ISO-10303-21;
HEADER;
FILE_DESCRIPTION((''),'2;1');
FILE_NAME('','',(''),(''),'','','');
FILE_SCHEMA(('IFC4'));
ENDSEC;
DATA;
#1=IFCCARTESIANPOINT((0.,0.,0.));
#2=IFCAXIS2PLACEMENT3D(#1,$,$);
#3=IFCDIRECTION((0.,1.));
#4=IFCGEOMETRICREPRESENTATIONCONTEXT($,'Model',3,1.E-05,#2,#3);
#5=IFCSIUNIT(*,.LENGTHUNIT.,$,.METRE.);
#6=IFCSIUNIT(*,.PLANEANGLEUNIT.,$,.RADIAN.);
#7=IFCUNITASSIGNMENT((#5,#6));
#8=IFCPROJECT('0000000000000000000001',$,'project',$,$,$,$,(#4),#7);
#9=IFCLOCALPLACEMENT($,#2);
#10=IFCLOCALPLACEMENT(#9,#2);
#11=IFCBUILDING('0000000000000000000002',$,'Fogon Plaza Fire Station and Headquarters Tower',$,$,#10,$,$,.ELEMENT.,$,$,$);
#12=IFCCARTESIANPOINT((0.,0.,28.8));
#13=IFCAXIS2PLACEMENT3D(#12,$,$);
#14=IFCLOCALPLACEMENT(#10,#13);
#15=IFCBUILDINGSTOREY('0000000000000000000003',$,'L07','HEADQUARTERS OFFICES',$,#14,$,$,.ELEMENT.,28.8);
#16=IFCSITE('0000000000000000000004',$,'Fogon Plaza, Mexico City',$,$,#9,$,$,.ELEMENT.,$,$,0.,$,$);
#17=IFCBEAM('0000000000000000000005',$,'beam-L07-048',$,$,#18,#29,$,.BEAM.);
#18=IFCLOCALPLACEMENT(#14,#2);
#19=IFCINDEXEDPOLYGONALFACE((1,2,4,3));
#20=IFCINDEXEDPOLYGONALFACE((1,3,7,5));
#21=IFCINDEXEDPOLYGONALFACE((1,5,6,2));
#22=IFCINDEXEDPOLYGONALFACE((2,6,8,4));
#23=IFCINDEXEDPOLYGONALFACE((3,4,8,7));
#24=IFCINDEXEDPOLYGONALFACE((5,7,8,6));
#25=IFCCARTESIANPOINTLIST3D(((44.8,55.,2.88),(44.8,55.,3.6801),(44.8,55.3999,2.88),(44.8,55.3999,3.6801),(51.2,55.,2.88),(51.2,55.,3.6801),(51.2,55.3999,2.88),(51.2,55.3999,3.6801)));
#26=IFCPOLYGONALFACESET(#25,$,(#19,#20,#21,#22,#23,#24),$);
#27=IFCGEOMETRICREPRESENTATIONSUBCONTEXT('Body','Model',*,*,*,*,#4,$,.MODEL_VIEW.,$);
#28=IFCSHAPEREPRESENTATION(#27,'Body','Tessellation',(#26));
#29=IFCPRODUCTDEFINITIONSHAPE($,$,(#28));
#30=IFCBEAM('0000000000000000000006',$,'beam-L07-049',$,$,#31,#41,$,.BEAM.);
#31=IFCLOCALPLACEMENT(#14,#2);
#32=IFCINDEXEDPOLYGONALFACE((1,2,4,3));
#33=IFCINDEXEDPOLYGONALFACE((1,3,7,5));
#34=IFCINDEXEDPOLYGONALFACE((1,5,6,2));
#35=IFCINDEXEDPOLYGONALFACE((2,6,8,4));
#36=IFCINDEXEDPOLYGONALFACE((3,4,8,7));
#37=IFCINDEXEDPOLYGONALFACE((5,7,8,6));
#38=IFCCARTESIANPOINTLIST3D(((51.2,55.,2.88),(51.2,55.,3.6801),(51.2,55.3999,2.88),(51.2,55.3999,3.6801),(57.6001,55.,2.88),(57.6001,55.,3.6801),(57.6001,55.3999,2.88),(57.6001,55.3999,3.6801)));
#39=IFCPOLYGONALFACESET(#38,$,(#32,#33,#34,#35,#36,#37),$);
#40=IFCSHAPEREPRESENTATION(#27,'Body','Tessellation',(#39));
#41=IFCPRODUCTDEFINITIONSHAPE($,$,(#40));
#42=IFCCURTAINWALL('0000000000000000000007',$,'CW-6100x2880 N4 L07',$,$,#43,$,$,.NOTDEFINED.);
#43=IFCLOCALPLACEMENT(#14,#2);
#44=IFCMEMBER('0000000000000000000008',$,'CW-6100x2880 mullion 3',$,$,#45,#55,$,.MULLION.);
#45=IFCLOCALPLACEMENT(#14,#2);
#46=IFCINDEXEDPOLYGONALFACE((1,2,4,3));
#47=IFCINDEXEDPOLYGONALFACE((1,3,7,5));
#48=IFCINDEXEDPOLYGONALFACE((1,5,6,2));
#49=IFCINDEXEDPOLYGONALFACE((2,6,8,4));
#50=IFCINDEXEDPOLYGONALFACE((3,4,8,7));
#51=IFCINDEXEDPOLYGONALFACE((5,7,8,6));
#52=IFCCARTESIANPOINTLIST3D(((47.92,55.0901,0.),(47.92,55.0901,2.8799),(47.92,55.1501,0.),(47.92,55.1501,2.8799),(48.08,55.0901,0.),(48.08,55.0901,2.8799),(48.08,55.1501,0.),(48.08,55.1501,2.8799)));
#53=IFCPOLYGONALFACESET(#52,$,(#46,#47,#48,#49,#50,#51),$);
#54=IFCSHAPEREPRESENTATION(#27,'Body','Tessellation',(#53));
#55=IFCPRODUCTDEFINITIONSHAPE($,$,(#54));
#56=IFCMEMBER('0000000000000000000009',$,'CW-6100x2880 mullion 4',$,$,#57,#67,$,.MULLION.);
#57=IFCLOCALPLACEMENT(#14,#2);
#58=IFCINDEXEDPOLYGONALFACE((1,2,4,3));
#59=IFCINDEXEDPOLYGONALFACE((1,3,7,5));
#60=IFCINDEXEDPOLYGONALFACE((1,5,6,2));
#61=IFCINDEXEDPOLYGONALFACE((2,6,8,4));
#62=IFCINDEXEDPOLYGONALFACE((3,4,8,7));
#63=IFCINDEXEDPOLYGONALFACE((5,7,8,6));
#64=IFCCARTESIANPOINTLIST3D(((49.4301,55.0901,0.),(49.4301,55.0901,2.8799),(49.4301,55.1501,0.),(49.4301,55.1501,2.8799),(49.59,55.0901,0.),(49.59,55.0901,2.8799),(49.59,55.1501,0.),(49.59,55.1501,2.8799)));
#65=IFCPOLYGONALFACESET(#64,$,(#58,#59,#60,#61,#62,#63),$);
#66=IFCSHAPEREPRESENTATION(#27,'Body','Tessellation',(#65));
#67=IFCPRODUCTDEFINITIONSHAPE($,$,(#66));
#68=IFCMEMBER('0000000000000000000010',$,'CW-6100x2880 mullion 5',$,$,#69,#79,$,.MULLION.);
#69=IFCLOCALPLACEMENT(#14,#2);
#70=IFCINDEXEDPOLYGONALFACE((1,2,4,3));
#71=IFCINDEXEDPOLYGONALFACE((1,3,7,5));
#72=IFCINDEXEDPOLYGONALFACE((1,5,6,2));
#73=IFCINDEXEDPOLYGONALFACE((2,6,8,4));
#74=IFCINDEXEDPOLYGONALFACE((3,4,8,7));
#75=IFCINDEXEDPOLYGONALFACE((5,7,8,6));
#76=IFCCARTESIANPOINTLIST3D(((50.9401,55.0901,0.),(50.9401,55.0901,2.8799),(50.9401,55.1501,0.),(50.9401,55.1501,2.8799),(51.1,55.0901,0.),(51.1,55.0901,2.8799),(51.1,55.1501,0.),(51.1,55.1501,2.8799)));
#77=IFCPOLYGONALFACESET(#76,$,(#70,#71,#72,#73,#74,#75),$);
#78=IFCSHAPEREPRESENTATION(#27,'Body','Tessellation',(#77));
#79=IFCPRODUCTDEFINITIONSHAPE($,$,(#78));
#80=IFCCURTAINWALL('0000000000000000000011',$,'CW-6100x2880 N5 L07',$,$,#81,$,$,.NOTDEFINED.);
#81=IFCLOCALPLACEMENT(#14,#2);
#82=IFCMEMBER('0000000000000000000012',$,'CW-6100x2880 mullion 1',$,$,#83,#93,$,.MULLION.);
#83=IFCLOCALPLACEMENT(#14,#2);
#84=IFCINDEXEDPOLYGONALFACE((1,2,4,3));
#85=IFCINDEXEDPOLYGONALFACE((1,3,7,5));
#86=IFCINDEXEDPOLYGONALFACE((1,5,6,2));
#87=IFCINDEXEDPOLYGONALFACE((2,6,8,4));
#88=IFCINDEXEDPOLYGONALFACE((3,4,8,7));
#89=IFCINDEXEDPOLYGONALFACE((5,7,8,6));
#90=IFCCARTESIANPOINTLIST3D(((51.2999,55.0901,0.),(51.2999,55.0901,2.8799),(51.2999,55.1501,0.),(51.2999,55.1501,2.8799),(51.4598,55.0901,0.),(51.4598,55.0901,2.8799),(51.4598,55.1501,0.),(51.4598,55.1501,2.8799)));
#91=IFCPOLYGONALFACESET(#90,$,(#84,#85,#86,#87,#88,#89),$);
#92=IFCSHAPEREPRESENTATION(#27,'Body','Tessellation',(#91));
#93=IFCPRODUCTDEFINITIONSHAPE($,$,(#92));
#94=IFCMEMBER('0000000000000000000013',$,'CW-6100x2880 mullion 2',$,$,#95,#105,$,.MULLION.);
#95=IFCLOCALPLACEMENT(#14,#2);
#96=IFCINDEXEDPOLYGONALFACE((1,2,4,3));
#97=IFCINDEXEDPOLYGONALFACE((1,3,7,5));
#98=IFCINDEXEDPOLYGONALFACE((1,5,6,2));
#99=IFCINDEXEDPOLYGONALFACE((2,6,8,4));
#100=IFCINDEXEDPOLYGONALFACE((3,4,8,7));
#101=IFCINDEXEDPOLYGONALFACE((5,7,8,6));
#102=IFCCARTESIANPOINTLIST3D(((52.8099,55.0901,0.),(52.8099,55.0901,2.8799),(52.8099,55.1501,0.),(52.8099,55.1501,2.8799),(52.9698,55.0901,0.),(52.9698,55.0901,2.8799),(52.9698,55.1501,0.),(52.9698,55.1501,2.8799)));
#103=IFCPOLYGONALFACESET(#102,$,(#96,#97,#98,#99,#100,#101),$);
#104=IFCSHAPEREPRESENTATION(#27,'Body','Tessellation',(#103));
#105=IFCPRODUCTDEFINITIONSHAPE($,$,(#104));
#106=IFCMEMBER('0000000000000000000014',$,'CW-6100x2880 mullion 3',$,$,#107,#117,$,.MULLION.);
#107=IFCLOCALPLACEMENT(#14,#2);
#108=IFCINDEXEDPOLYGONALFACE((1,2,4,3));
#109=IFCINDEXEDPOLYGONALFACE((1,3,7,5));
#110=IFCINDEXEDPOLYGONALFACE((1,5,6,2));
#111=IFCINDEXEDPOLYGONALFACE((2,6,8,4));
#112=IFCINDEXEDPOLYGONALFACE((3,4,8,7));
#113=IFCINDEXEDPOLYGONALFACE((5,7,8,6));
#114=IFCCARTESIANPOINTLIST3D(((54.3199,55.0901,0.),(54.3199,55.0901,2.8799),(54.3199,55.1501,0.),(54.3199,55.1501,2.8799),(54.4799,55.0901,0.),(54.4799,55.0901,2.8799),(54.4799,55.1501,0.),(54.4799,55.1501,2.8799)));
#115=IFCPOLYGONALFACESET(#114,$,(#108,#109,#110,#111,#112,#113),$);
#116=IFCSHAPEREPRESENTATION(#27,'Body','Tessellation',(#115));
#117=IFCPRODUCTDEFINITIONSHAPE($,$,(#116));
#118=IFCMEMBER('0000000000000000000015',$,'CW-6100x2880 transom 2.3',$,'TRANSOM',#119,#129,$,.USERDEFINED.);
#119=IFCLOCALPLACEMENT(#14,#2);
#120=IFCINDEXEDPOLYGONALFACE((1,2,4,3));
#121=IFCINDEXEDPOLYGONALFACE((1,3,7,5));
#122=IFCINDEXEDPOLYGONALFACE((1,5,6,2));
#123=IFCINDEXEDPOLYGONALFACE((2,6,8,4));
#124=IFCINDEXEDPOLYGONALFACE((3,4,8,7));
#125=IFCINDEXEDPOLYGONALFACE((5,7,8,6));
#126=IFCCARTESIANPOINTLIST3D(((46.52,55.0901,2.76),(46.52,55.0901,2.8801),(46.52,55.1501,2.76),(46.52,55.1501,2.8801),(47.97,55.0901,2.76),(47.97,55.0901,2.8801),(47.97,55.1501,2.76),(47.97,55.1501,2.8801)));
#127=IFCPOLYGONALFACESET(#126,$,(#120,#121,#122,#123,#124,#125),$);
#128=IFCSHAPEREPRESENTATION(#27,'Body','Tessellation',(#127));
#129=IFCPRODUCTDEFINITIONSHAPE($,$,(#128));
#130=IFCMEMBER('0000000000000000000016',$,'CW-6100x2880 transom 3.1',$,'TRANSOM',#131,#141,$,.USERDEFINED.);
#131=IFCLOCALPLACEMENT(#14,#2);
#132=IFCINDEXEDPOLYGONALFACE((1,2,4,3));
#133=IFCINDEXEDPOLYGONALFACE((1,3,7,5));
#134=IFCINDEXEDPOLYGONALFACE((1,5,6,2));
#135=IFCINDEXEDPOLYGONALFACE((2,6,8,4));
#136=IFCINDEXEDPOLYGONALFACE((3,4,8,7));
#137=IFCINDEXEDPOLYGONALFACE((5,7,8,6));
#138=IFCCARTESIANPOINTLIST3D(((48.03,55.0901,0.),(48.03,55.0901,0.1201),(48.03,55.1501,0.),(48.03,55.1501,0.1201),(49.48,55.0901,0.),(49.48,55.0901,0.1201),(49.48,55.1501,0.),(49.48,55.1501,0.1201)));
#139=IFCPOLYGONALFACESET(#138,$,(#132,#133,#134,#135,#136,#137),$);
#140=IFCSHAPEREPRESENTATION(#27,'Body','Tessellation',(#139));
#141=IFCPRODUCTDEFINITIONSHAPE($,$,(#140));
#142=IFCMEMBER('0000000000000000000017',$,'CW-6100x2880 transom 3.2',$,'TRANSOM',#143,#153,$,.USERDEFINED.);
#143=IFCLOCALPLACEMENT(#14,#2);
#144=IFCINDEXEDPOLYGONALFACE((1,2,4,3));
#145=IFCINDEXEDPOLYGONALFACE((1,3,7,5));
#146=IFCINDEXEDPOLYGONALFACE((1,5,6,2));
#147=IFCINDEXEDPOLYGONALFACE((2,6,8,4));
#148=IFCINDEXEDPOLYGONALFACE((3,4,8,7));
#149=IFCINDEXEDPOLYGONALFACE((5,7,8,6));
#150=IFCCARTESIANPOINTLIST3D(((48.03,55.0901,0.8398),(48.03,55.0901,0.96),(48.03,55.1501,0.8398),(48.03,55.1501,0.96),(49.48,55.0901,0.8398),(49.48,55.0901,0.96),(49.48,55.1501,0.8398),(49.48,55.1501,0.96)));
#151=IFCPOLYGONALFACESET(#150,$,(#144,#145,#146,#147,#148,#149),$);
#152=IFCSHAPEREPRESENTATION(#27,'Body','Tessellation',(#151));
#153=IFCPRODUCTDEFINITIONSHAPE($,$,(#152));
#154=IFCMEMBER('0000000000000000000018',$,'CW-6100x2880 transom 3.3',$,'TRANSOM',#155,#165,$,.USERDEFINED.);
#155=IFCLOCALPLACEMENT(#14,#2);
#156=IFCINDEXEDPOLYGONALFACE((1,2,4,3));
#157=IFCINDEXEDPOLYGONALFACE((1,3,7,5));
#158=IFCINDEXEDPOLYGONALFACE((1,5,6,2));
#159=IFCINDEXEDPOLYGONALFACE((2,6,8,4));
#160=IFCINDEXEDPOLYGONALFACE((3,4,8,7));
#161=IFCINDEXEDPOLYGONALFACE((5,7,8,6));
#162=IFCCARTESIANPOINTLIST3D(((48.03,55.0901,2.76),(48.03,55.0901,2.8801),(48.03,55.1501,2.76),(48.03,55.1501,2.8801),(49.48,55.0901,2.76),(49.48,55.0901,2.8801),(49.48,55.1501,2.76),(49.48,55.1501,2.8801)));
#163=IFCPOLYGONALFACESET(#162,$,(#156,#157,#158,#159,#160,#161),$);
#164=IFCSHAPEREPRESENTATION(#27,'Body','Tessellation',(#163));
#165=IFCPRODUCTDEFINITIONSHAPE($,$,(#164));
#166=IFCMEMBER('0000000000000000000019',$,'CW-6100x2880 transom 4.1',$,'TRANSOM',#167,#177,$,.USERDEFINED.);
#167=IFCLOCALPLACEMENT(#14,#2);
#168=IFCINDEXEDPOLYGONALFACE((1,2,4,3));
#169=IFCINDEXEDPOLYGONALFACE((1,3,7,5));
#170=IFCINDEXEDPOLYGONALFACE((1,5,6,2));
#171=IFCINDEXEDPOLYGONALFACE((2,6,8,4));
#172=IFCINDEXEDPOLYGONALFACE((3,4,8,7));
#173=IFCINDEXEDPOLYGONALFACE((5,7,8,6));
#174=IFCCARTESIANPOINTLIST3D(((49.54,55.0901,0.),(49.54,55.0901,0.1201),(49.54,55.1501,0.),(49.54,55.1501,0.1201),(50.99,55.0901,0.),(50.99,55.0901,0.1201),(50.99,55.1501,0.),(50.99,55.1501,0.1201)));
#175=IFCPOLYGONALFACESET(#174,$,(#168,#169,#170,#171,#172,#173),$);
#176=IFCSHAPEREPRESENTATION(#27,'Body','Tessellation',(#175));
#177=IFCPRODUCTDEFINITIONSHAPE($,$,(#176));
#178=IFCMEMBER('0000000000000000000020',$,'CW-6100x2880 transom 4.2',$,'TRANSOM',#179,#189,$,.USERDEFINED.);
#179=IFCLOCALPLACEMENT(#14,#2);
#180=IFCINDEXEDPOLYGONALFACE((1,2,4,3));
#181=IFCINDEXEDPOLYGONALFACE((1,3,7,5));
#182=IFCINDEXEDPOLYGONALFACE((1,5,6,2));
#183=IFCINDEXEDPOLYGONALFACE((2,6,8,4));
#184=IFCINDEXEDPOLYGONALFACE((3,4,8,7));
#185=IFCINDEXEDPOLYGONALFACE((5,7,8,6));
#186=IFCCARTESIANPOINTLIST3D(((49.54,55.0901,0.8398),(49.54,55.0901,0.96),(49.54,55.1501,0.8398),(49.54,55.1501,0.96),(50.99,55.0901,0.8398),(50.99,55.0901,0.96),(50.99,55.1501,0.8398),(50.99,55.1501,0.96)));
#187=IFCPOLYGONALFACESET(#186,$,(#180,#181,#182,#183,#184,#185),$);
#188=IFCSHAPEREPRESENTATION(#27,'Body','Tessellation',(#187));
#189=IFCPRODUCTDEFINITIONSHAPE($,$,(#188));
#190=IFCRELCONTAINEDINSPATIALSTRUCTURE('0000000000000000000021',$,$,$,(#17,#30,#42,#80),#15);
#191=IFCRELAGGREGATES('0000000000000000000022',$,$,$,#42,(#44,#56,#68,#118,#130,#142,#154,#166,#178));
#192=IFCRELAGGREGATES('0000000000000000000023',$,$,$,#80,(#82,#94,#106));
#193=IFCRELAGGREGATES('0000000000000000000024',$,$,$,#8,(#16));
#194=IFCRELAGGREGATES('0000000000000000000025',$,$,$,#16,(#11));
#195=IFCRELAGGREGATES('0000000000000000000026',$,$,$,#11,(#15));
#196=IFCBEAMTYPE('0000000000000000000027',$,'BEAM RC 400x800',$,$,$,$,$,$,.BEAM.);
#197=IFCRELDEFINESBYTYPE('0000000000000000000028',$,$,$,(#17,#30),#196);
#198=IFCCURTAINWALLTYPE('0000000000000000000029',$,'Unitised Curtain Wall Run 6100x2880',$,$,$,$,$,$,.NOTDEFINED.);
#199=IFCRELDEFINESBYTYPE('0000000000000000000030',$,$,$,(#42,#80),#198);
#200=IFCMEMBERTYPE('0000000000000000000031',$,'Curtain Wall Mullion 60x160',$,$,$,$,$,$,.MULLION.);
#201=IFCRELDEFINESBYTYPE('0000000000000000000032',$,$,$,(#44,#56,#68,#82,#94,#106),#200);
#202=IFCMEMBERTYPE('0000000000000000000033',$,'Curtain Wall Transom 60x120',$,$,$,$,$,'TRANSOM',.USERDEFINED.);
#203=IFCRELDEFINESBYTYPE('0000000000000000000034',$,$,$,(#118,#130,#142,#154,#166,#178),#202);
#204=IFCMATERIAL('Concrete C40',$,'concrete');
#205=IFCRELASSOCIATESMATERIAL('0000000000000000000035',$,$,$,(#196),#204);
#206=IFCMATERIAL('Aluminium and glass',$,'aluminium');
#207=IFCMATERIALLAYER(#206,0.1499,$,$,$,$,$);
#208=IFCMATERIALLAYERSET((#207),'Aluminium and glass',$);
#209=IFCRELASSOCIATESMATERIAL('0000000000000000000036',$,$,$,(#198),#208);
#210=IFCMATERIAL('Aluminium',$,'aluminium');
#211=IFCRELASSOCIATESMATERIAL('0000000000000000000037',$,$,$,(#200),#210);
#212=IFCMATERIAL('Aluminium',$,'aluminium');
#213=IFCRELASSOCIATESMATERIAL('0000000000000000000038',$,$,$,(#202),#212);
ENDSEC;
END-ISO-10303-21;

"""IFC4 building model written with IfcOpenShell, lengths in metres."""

from ifc_helpers import new_model, si_unit, direction, frame, origin, origin_2d, place, context, subcontext, project, spatial, rectangle, extrude, material, layer, layer_set, material_profile, profile_set, type_object, element, aggregate, save


model = new_model("IFC4")

# Units and contexts
model_context = context("Model", 3, precision=1e-05, world=origin(), true_north=direction((0.0, 1.0)))
body_context = subcontext(model_context, "Body", "Model", "MODEL_VIEW")
ifc_project = project(units=[si_unit("LENGTHUNIT", "METRE"), si_unit("PLANEANGLEUNIT", "RADIAN")], contexts=[model_context])

# Site, building, storey
site_placement = place(None, origin())
site = spatial("IfcSite", under=ifc_project, at=site_placement, Name="Fogon Plaza, Mexico City", CompositionType="ELEMENT", RefElevation=0.0)
building_placement = place(site_placement, origin())
building = spatial("IfcBuilding", under=site, at=building_placement, Name="Fogon Plaza Fire Station and Headquarters Tower", CompositionType="ELEMENT")
storey_placement = place(building_placement, frame((0.0, 0.0, 28.8)))
storey = spatial("IfcBuildingStorey", under=building, at=storey_placement, Name="L07", Description="HEADQUARTERS OFFICES", CompositionType="ELEMENT", Elevation=28.8)

# Beams
ifc_material_1 = material(Name="Concrete C40", Category="concrete")
ifc_material_profile_1 = material_profile(ifc_material_1, rectangle(XDim=0.3999, YDim=0.8, at=origin_2d()), Name="RC 400x800")
ifc_profile_set_1 = profile_set([ifc_material_profile_1], Name="Concrete C40")
beam_type = type_object("IfcBeamType", Name="BEAM RC 400x800", PredefinedType="BEAM", material=ifc_profile_set_1)
beam_1_placement = place(storey_placement, frame((44.8, 55.2, 3.28), z_axis=(1.0, 0.0, 0.0), x_axis=(0.0, 1.0, 0.0)))
element("IfcBeam", 1, at=beam_1_placement, inside=storey, type_object=beam_type, Name="beam-L07-048", PredefinedType="BEAM", context=body_context, shape_type="SweptSolid", body=[
    extrude(rectangle(XDim=0.3999, YDim=0.8, at=origin_2d()), origin(), (0.0, 0.0, 1.0), 6.3999),
])
beam_2_placement = place(storey_placement, frame((51.2, 55.2, 3.28), z_axis=(1.0, 0.0, 0.0), x_axis=(0.0, 1.0, 0.0)))
element("IfcBeam", 2, at=beam_2_placement, inside=storey, type_object=beam_type, Name="beam-L07-049", PredefinedType="BEAM", context=body_context, shape_type="SweptSolid", body=[
    extrude(rectangle(XDim=0.3999, YDim=0.8, at=origin_2d()), origin(), (0.0, 0.0, 1.0), 6.4001),
])

# Curtain walls, members
ifc_material_2 = material(Name="Aluminium and glass", Category="aluminium")
ifc_layer_1 = layer(ifc_material_2, 0.1499)
ifc_layer_set_1 = layer_set([ifc_layer_1], Name="Aluminium and glass")
curtain_wall_type = type_object("IfcCurtainWallType", Name="Unitised Curtain Wall Run 6100x2880", PredefinedType="NOTDEFINED", material=ifc_layer_set_1)
curtain_wall_1_placement = place(storey_placement, origin())
curtain_wall_1 = element("IfcCurtainWall", 3, at=curtain_wall_1_placement, inside=storey, type_object=curtain_wall_type, Name="CW-6100x2880 N4 L07", PredefinedType="NOTDEFINED")
ifc_material_3 = material(Name="Aluminium", Category="aluminium")
ifc_material_profile_2 = material_profile(ifc_material_3, rectangle(XDim=0.0601, YDim=0.1599, at=origin_2d()), Name="Curtain Wall Mullion 60x160")
ifc_profile_set_2 = profile_set([ifc_material_profile_2], Name="Aluminium")
member_type_1 = type_object("IfcMemberType", Name="Curtain Wall Mullion 60x160", PredefinedType="MULLION", material=ifc_profile_set_2)
member_1_placement = place(storey_placement, frame((48.0, 55.1201, 0.0), z_axis=(0.0, 0.0, 1.0), x_axis=(0.0, 1.0, 0.0)))
member_1 = element("IfcMember", 4, at=member_1_placement, type_object=member_type_1, Name="CW-6100x2880 mullion 3", PredefinedType="MULLION", context=body_context, shape_type="SweptSolid", body=[
    extrude(rectangle(XDim=0.0601, YDim=0.1599, at=origin_2d()), origin(), (0.0, 0.0, 1.0), 2.8799),
])
member_2_placement = place(storey_placement, frame((49.51, 55.1201, 0.0), z_axis=(0.0, 0.0, 1.0), x_axis=(0.0, 1.0, 0.0)))
member_2 = element("IfcMember", 5, at=member_2_placement, type_object=member_type_1, Name="CW-6100x2880 mullion 4", PredefinedType="MULLION", context=body_context, shape_type="SweptSolid", body=[
    extrude(rectangle(XDim=0.0601, YDim=0.1599, at=origin_2d()), origin(), (0.0, 0.0, 1.0), 2.8799),
])
member_3_placement = place(storey_placement, frame((51.02, 55.1201, 0.0), z_axis=(0.0, 0.0, 1.0), x_axis=(0.0, 1.0, 0.0)))
member_3 = element("IfcMember", 6, at=member_3_placement, type_object=member_type_1, Name="CW-6100x2880 mullion 5", PredefinedType="MULLION", context=body_context, shape_type="SweptSolid", body=[
    extrude(rectangle(XDim=0.0601, YDim=0.1599, at=origin_2d()), origin(), (0.0, 0.0, 1.0), 2.8799),
])
curtain_wall_2_placement = place(storey_placement, origin())
curtain_wall_2 = element("IfcCurtainWall", 7, at=curtain_wall_2_placement, inside=storey, type_object=curtain_wall_type, Name="CW-6100x2880 N5 L07", PredefinedType="NOTDEFINED")
member_4_placement = place(storey_placement, frame((51.3799, 55.1201, 0.0), z_axis=(0.0, 0.0, 1.0), x_axis=(0.0, 1.0, 0.0)))
member_4 = element("IfcMember", 8, at=member_4_placement, type_object=member_type_1, Name="CW-6100x2880 mullion 1", PredefinedType="MULLION", context=body_context, shape_type="SweptSolid", body=[
    extrude(rectangle(XDim=0.0601, YDim=0.1599, at=origin_2d()), origin(), (0.0, 0.0, 1.0), 2.8799),
])
member_5_placement = place(storey_placement, frame((52.8899, 55.1201, 0.0), z_axis=(0.0, 0.0, 1.0), x_axis=(0.0, 1.0, 0.0)))
member_5 = element("IfcMember", 9, at=member_5_placement, type_object=member_type_1, Name="CW-6100x2880 mullion 2", PredefinedType="MULLION", context=body_context, shape_type="SweptSolid", body=[
    extrude(rectangle(XDim=0.0601, YDim=0.1599, at=origin_2d()), origin(), (0.0, 0.0, 1.0), 2.8799),
])
member_6_placement = place(storey_placement, frame((54.3999, 55.1201, 0.0), z_axis=(0.0, 0.0, 1.0), x_axis=(0.0, 1.0, 0.0)))
member_6 = element("IfcMember", 10, at=member_6_placement, type_object=member_type_1, Name="CW-6100x2880 mullion 3", PredefinedType="MULLION", context=body_context, shape_type="SweptSolid", body=[
    extrude(rectangle(XDim=0.0601, YDim=0.1599, at=origin_2d()), origin(), (0.0, 0.0, 1.0), 2.8799),
])

# Members
ifc_material_4 = material(Name="Aluminium", Category="aluminium")
ifc_material_profile_3 = material_profile(ifc_material_4, rectangle(XDim=0.0601, YDim=0.1201, at=origin_2d()), Name="Curtain Wall Transom 60x120")
ifc_profile_set_3 = profile_set([ifc_material_profile_3], Name="Aluminium")
member_type_2 = type_object("IfcMemberType", Name="Curtain Wall Transom 60x120", ElementType="TRANSOM", PredefinedType="USERDEFINED", material=ifc_profile_set_3)
member_7_placement = place(storey_placement, frame((46.52, 55.1201, 2.8201), z_axis=(1.0, 0.0, 0.0), x_axis=(0.0, 1.0, 0.0)))
member_7 = element("IfcMember", 11, at=member_7_placement, type_object=member_type_2, Name="CW-6100x2880 transom 2.3", ObjectType="TRANSOM", PredefinedType="USERDEFINED", context=body_context, shape_type="SweptSolid", body=[
    extrude(rectangle(XDim=0.0601, YDim=0.1201, at=origin_2d()), origin(), (0.0, 0.0, 1.0), 1.45),
])
member_8_placement = place(storey_placement, frame((48.03, 55.1201, 0.0601), z_axis=(1.0, 0.0, 0.0), x_axis=(0.0, 1.0, 0.0)))
member_8 = element("IfcMember", 12, at=member_8_placement, type_object=member_type_2, Name="CW-6100x2880 transom 3.1", ObjectType="TRANSOM", PredefinedType="USERDEFINED", context=body_context, shape_type="SweptSolid", body=[
    extrude(rectangle(XDim=0.0601, YDim=0.1201, at=origin_2d()), origin(), (0.0, 0.0, 1.0), 1.45),
])
member_9_placement = place(storey_placement, frame((48.03, 55.1201, 0.8999), z_axis=(1.0, 0.0, 0.0), x_axis=(0.0, 1.0, 0.0)))
member_9 = element("IfcMember", 13, at=member_9_placement, type_object=member_type_2, Name="CW-6100x2880 transom 3.2", ObjectType="TRANSOM", PredefinedType="USERDEFINED", context=body_context, shape_type="SweptSolid", body=[
    extrude(rectangle(XDim=0.0601, YDim=0.1201, at=origin_2d()), origin(), (0.0, 0.0, 1.0), 1.45),
])
member_10_placement = place(storey_placement, frame((48.03, 55.1201, 2.8201), z_axis=(1.0, 0.0, 0.0), x_axis=(0.0, 1.0, 0.0)))
member_10 = element("IfcMember", 14, at=member_10_placement, type_object=member_type_2, Name="CW-6100x2880 transom 3.3", ObjectType="TRANSOM", PredefinedType="USERDEFINED", context=body_context, shape_type="SweptSolid", body=[
    extrude(rectangle(XDim=0.0601, YDim=0.1201, at=origin_2d()), origin(), (0.0, 0.0, 1.0), 1.45),
])
member_11_placement = place(storey_placement, frame((49.54, 55.1201, 0.0601), z_axis=(1.0, 0.0, 0.0), x_axis=(0.0, 1.0, 0.0)))
member_11 = element("IfcMember", 15, at=member_11_placement, type_object=member_type_2, Name="CW-6100x2880 transom 4.1", ObjectType="TRANSOM", PredefinedType="USERDEFINED", context=body_context, shape_type="SweptSolid", body=[
    extrude(rectangle(XDim=0.0601, YDim=0.1201, at=origin_2d()), origin(), (0.0, 0.0, 1.0), 1.45),
])
member_12_placement = place(storey_placement, frame((49.54, 55.1201, 0.8999), z_axis=(1.0, 0.0, 0.0), x_axis=(0.0, 1.0, 0.0)))
member_12 = element("IfcMember", 16, at=member_12_placement, type_object=member_type_2, Name="CW-6100x2880 transom 4.2", ObjectType="TRANSOM", PredefinedType="USERDEFINED", context=body_context, shape_type="SweptSolid", body=[
    extrude(rectangle(XDim=0.0601, YDim=0.1201, at=origin_2d()), origin(), (0.0, 0.0, 1.0), 1.45),
])

aggregate(curtain_wall_1, [member_1, member_2, member_3, member_7, member_8, member_9, member_10, member_11, member_12])
aggregate(curtain_wall_2, [member_4, member_5, member_6])

save(model, "model.ifc")
